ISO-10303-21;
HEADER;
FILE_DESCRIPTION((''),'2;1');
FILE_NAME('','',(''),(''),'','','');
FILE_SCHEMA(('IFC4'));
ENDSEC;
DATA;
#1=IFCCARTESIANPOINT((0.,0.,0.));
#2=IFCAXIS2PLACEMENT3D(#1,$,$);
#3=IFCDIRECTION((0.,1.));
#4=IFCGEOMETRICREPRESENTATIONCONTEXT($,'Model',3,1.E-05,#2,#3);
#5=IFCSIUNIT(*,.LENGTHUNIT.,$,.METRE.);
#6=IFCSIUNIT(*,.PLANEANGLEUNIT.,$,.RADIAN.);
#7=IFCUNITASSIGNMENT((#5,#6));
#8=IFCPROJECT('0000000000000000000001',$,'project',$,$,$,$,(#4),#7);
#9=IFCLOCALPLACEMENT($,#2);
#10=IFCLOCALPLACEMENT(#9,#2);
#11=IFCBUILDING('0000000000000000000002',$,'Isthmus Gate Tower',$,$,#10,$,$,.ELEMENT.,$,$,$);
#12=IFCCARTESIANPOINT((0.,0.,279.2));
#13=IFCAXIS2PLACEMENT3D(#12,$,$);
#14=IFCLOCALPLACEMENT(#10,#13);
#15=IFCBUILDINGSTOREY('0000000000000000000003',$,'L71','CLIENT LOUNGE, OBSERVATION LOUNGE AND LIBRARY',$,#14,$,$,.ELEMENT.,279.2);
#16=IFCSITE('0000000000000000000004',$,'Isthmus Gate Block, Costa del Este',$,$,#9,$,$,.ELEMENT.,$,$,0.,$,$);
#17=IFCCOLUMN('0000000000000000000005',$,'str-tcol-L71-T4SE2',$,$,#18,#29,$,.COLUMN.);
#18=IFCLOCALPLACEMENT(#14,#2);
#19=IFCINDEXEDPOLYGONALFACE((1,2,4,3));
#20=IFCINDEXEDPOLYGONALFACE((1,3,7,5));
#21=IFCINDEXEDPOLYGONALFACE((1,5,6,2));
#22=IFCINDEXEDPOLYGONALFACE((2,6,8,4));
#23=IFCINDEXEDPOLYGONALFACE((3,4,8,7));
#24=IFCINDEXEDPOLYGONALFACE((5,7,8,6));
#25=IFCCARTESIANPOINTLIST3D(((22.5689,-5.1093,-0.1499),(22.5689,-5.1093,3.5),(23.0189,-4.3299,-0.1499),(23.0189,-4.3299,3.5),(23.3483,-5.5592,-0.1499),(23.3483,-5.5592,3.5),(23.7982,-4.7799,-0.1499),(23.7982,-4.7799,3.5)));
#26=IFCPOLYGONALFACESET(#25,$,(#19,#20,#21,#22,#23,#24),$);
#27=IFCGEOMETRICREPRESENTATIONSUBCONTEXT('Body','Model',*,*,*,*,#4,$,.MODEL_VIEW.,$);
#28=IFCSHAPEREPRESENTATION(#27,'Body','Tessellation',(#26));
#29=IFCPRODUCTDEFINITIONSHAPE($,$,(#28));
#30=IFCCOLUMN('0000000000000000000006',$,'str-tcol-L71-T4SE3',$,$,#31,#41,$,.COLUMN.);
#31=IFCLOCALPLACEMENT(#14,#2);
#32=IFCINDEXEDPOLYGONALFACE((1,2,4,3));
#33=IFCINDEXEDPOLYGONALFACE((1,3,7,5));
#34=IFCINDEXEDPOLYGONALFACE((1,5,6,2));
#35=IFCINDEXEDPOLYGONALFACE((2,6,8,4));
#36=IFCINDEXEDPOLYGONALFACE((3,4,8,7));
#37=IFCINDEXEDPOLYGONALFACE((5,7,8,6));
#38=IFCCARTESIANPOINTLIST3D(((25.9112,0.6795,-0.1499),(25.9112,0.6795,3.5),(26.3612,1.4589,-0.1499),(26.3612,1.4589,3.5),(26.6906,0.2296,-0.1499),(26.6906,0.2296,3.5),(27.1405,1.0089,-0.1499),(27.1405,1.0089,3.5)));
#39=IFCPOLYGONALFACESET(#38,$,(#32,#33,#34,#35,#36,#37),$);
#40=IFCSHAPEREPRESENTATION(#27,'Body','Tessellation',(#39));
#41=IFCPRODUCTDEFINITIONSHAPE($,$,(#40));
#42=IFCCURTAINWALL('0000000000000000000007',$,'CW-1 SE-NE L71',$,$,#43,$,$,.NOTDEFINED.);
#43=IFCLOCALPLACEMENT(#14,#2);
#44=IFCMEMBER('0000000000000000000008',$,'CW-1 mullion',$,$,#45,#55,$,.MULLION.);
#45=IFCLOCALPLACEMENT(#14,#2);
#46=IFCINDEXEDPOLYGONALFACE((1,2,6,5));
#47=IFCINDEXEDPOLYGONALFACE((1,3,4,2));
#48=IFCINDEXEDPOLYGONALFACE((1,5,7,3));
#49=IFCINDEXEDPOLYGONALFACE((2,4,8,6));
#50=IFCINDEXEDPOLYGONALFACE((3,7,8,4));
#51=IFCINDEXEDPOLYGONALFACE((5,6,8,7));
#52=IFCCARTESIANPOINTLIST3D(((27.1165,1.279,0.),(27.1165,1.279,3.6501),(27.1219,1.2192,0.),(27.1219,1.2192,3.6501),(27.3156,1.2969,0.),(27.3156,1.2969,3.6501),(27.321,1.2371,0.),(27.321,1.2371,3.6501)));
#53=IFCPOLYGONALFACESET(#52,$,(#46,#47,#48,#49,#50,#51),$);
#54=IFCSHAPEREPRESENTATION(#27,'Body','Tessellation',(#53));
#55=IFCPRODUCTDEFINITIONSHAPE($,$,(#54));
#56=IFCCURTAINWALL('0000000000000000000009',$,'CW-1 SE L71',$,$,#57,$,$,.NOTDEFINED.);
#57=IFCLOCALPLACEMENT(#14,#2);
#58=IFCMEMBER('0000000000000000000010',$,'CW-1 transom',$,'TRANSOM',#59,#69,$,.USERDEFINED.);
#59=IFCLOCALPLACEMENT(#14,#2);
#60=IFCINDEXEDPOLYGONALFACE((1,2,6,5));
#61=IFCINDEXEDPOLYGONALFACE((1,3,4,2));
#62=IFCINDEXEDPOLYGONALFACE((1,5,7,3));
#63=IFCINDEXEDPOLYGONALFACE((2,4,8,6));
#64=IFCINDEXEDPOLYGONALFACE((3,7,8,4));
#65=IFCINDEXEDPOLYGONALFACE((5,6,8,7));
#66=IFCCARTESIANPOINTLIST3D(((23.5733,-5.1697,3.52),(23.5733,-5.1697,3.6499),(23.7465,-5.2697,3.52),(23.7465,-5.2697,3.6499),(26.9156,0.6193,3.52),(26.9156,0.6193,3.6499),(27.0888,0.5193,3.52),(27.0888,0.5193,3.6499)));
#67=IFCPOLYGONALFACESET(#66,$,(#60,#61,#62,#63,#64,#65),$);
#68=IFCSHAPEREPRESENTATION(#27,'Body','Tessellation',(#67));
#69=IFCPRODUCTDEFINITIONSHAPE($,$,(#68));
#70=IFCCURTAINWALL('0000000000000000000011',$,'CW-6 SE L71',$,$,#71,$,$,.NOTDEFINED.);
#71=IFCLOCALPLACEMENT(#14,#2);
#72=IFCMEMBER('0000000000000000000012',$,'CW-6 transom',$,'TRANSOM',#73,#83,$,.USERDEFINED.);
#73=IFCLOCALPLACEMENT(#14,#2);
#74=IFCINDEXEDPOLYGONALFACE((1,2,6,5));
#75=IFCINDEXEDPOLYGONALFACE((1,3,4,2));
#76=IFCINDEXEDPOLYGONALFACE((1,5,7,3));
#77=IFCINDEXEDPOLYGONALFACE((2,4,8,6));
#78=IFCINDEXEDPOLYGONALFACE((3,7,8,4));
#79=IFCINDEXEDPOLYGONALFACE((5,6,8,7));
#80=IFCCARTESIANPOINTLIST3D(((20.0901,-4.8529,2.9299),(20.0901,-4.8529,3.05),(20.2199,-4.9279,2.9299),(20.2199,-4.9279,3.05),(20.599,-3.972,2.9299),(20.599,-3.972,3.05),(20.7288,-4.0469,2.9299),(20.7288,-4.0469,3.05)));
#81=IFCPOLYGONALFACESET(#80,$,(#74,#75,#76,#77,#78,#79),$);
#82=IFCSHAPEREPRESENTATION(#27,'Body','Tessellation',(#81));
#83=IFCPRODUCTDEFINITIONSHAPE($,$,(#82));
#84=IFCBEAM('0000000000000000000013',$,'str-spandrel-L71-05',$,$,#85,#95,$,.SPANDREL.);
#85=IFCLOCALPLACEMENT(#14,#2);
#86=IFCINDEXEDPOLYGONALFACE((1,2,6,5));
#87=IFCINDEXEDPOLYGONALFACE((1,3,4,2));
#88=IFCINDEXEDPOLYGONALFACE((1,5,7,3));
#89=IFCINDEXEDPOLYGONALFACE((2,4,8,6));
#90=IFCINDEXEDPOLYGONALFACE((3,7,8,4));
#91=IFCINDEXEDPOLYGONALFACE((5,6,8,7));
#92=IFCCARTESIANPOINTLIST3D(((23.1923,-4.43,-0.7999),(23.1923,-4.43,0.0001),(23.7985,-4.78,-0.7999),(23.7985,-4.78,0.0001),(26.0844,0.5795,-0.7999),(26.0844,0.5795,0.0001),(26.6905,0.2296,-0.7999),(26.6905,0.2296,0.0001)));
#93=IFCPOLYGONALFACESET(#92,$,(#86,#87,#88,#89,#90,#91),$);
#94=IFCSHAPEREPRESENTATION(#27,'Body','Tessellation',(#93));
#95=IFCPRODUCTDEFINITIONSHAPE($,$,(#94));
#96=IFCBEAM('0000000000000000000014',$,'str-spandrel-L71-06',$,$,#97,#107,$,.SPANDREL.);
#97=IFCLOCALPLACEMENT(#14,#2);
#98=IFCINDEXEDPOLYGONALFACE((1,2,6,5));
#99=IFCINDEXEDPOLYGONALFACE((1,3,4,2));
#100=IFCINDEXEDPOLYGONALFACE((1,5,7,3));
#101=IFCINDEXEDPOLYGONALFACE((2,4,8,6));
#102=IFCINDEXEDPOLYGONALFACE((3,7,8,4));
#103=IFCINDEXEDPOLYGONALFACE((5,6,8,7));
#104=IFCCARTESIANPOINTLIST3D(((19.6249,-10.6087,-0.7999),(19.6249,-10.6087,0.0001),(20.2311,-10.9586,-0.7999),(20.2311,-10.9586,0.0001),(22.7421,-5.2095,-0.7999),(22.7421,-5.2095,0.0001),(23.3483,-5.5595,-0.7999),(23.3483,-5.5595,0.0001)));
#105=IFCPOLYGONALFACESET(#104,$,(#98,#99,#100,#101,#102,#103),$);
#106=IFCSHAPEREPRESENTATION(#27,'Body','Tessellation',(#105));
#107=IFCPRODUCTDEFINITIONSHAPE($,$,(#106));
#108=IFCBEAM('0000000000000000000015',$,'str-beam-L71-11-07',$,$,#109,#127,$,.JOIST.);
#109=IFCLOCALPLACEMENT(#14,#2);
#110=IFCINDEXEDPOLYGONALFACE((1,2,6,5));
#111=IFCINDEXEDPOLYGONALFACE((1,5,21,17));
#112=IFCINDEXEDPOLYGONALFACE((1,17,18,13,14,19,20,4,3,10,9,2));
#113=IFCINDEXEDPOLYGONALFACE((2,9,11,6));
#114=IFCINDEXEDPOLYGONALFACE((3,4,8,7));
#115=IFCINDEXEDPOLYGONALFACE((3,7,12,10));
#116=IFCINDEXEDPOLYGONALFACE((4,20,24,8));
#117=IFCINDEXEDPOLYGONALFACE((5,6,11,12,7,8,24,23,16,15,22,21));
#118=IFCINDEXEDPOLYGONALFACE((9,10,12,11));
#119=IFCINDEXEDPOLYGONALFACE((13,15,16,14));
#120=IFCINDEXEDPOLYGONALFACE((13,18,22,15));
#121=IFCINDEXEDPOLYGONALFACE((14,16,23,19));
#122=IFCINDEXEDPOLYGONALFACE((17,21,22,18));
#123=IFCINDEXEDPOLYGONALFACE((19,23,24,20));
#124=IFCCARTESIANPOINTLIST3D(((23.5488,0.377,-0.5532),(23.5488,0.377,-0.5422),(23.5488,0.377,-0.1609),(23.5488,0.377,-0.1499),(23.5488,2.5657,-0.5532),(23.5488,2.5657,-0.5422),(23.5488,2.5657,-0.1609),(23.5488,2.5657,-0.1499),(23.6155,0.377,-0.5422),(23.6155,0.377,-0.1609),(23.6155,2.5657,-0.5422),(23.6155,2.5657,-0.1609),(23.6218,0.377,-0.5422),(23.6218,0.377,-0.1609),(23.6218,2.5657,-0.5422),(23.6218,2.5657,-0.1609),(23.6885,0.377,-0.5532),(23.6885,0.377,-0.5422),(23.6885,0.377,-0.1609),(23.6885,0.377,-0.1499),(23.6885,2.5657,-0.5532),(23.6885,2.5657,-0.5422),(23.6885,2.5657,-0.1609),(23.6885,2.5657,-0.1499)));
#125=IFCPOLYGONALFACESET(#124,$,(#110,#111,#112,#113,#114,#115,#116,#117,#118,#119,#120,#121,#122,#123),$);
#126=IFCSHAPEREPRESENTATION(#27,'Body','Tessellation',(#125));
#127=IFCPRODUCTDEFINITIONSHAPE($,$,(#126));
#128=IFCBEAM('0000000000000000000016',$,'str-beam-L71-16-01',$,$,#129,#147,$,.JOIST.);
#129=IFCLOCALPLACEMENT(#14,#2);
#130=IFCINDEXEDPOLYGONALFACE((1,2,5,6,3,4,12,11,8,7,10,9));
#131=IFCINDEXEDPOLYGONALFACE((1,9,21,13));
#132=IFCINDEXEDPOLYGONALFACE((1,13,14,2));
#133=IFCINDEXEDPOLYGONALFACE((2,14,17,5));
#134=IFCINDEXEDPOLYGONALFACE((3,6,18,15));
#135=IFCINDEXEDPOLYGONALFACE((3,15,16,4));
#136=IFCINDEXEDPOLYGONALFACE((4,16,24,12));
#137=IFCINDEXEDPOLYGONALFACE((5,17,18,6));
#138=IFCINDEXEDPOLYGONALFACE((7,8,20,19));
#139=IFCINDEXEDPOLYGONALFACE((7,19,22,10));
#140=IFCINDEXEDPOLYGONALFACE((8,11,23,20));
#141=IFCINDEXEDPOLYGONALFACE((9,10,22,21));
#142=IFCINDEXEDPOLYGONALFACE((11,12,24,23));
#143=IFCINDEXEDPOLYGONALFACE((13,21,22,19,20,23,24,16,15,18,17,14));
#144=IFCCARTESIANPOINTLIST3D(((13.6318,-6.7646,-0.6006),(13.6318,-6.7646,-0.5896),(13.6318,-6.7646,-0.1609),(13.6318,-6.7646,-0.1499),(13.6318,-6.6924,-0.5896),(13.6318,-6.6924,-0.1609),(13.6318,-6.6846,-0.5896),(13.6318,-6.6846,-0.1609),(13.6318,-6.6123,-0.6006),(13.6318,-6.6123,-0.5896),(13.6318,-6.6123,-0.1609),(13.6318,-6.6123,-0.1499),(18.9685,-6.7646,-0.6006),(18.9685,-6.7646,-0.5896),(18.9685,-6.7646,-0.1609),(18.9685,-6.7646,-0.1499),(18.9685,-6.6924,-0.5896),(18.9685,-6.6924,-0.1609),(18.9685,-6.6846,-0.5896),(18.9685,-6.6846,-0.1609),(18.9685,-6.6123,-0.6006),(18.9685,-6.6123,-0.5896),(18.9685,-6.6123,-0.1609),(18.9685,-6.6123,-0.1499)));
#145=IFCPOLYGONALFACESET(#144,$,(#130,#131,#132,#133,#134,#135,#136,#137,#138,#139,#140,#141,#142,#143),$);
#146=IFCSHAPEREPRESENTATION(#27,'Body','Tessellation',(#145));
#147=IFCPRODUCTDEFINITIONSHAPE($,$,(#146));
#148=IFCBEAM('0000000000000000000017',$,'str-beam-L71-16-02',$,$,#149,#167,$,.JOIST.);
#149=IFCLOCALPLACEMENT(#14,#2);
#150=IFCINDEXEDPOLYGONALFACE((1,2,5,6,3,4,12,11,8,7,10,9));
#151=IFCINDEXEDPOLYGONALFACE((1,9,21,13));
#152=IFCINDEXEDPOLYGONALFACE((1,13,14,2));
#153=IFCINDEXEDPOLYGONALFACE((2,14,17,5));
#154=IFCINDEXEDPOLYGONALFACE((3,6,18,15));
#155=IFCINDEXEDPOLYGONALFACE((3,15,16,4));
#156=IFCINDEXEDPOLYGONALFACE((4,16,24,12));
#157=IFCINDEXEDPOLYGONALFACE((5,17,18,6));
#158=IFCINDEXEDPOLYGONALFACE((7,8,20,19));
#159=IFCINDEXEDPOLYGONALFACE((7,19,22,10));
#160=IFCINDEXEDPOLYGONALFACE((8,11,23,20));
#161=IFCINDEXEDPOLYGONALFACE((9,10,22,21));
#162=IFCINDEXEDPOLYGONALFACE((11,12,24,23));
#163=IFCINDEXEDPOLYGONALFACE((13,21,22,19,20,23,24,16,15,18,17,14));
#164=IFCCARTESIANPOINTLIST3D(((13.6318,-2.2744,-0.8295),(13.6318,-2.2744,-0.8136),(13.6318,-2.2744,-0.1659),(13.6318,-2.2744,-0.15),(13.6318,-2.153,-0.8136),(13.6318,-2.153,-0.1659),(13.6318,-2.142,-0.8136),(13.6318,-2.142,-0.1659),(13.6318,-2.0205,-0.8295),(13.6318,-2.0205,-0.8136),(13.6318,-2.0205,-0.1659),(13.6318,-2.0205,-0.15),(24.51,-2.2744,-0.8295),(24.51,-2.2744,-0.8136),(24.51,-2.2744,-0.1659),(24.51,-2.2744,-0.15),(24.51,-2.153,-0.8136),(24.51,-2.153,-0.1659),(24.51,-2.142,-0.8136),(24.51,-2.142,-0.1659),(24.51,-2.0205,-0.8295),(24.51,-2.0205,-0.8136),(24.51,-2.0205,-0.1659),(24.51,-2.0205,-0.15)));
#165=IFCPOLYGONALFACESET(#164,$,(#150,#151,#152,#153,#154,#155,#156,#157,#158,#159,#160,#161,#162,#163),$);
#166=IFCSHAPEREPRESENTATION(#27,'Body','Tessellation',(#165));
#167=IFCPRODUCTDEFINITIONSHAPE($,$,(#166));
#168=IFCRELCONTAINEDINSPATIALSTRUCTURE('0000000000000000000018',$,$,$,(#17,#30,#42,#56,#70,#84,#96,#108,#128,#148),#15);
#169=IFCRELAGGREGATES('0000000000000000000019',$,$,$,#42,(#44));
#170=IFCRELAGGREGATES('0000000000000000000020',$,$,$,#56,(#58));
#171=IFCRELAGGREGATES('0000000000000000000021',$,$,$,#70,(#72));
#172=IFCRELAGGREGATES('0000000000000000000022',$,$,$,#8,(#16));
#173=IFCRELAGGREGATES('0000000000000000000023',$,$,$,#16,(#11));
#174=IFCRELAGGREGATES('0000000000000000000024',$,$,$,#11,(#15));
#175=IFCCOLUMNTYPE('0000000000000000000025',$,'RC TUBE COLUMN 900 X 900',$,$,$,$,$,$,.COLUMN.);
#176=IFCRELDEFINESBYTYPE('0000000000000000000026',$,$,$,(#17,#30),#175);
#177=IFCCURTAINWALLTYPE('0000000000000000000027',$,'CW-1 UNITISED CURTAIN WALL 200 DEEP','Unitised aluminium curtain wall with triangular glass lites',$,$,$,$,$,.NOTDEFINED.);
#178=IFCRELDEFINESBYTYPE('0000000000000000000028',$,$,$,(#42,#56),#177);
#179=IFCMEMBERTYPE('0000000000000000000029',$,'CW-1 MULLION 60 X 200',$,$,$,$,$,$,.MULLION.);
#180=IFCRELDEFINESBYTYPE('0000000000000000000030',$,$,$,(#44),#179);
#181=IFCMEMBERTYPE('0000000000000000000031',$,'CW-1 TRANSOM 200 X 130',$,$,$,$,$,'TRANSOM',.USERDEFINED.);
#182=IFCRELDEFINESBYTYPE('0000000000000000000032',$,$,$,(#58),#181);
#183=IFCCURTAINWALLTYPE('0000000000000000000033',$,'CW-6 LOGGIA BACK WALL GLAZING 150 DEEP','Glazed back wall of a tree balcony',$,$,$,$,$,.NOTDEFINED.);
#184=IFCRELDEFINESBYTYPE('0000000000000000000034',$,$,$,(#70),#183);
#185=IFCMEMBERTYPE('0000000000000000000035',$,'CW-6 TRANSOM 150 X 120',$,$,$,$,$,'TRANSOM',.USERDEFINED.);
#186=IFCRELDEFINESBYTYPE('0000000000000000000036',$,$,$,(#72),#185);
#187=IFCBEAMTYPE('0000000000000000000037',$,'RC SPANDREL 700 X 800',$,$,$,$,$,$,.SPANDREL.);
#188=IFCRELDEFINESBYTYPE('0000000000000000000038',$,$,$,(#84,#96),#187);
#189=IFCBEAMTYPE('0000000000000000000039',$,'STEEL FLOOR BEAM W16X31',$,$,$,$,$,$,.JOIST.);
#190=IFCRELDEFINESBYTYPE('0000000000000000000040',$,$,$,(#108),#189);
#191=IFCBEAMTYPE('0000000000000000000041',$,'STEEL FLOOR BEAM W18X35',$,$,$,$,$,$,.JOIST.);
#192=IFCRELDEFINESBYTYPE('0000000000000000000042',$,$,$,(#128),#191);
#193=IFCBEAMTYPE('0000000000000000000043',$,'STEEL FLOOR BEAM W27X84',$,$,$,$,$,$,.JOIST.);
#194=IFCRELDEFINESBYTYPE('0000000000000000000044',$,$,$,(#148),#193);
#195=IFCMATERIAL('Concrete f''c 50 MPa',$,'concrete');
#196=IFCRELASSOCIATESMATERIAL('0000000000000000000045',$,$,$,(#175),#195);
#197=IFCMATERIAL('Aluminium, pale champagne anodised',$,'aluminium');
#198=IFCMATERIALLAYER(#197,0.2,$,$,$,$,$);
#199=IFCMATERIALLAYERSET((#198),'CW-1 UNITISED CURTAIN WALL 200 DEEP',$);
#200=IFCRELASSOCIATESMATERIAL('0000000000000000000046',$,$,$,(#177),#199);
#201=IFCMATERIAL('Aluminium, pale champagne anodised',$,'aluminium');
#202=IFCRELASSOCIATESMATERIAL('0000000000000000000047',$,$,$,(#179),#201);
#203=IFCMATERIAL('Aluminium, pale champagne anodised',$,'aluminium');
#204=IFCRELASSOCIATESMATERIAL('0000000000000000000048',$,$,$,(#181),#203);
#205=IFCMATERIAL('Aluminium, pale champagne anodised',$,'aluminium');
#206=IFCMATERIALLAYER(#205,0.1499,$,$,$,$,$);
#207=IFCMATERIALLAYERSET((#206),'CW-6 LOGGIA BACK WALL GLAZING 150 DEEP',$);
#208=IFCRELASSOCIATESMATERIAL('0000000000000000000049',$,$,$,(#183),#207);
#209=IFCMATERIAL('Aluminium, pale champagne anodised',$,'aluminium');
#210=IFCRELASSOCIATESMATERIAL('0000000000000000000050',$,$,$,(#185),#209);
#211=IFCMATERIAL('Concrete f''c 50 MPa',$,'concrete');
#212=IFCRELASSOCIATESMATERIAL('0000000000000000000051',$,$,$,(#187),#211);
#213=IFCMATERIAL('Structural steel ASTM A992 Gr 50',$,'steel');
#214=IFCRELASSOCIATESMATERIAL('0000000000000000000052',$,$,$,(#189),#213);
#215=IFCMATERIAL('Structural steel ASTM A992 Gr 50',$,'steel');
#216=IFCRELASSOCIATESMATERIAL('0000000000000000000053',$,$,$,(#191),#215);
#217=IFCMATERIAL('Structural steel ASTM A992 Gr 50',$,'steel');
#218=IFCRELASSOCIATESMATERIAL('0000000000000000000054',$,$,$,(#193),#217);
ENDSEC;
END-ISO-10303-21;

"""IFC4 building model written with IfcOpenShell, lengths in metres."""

from ifc_helpers import new_model, si_unit, direction, frame, origin, origin_2d, place, context, subcontext, project, spatial, rectangle, i_section, extrude, material, layer, layer_set, material_profile, profile_set, type_object, element, aggregate, save


model = new_model("IFC4")

# Units and contexts
model_context = context("Model", 3, precision=1e-05, world=origin(), true_north=direction((0.0, 1.0)))
body_context = subcontext(model_context, "Body", "Model", "MODEL_VIEW")
ifc_project = project(units=[si_unit("LENGTHUNIT", "METRE"), si_unit("PLANEANGLEUNIT", "RADIAN")], contexts=[model_context])

# Site, building, storey
site_placement = place(None, origin())
site = spatial("IfcSite", under=ifc_project, at=site_placement, Name="Isthmus Gate Block, Costa del Este", CompositionType="ELEMENT", RefElevation=0.0)
building_placement = place(site_placement, origin())
building = spatial("IfcBuilding", under=site, at=building_placement, Name="Isthmus Gate Tower", CompositionType="ELEMENT")
storey_placement = place(building_placement, frame((0.0, 0.0, 279.2)))
storey = spatial("IfcBuildingStorey", under=building, at=storey_placement, Name="L71", Description="CLIENT LOUNGE, OBSERVATION LOUNGE AND LIBRARY", CompositionType="ELEMENT", Elevation=279.2)

# Columns
ifc_material_1 = material(Name="Concrete f'c 50 MPa", Category="concrete")
ifc_material_profile_1 = material_profile(ifc_material_1, rectangle(XDim=0.8999, YDim=0.8999, at=origin_2d()), Name="RC 900X900")
ifc_profile_set_1 = profile_set([ifc_material_profile_1], Name="Concrete f'c 50 MPa")
column_type = type_object("IfcColumnType", Name="RC TUBE COLUMN 900 X 900", PredefinedType="COLUMN", material=ifc_profile_set_1)
for number, where, z_axis, x_axis, name in (
    (1, (23.1836, -4.9446, -0.1499), (0.0, 0.0, 1.0), (0.5, 0.866025, 0.0), "str-tcol-L71-T4SE2"),
    (2, (26.5259, 0.8442, -0.1499), (0.0, 0.0, 1.0), (0.5, 0.866025, 0.0), "str-tcol-L71-T4SE3"),
):
    element("IfcColumn", number, at=place(storey_placement, frame(where, z_axis=z_axis, x_axis=x_axis)), inside=storey, type_object=column_type, Name=name, PredefinedType="COLUMN", context=body_context, shape_type="SweptSolid", body=[
        extrude(rectangle(XDim=0.8999, YDim=0.8999, at=origin_2d()), origin(), (0.0, 0.0, 1.0), 3.6499),
    ])

# Curtain walls, members
ifc_material_2 = material(Name="Aluminium, pale champagne anodised", Category="aluminium")
ifc_layer_1 = layer(ifc_material_2, 0.2)
ifc_layer_set_1 = layer_set([ifc_layer_1], Name="CW-1 UNITISED CURTAIN WALL 200 DEEP")
curtain_wall_type_1 = type_object("IfcCurtainWallType", Name="CW-1 UNITISED CURTAIN WALL 200 DEEP", Description="Unitised aluminium curtain wall with triangular glass lites", PredefinedType="NOTDEFINED", material=ifc_layer_set_1)
curtain_wall_1_placement = place(storey_placement, origin())
curtain_wall_1 = element("IfcCurtainWall", 3, at=curtain_wall_1_placement, inside=storey, type_object=curtain_wall_type_1, Name="CW-1 SE-NE L71", PredefinedType="NOTDEFINED")
ifc_material_3 = material(Name="Aluminium, pale champagne anodised", Category="aluminium")
ifc_material_profile_2 = material_profile(ifc_material_3, rectangle(XDim=0.0601, YDim=0.2, at=origin_2d()), Name="60x200")
ifc_profile_set_2 = profile_set([ifc_material_profile_2], Name="Aluminium, pale champagne anodised")
member_type_1 = type_object("IfcMemberType", Name="CW-1 MULLION 60 X 200", PredefinedType="MULLION", material=ifc_profile_set_2)
member_1_placement = place(storey_placement, frame((27.2188, 1.2581, 0.0), z_axis=(0.0, 0.0, 1.0), x_axis=(-0.089397, 0.995996, 0.0)))
member_1 = element("IfcMember", 4, at=member_1_placement, type_object=member_type_1, Name="CW-1 mullion", PredefinedType="MULLION", context=body_context, shape_type="SweptSolid", body=[
    extrude(rectangle(XDim=0.0601, YDim=0.2, at=origin_2d()), origin(), (0.0, 0.0, 1.0), 3.6501),
])
aggregate(curtain_wall_1, [member_1])
curtain_wall_2_placement = place(storey_placement, origin())
curtain_wall_2 = element("IfcCurtainWall", 5, at=curtain_wall_2_placement, inside=storey, type_object=curtain_wall_type_1, Name="CW-1 SE L71", PredefinedType="NOTDEFINED")
ifc_material_4 = material(Name="Aluminium, pale champagne anodised", Category="aluminium")
ifc_material_profile_3 = material_profile(ifc_material_4, rectangle(XDim=0.2, YDim=0.1299, at=origin_2d()), Name="200x130")
ifc_profile_set_3 = profile_set([ifc_material_profile_3], Name="Aluminium, pale champagne anodised")
member_type_2 = type_object("IfcMemberType", Name="CW-1 TRANSOM 200 X 130", ElementType="TRANSOM", PredefinedType="USERDEFINED", material=ifc_profile_set_3)
member_2_placement = place(storey_placement, frame((23.6599, -5.2197, 3.585), z_axis=(0.499996, 0.866027, 0.0), x_axis=(-0.866027, 0.499996, 0.0)))
member_2 = element("IfcMember", 6, at=member_2_placement, type_object=member_type_2, Name="CW-1 transom", ObjectType="TRANSOM", PredefinedType="USERDEFINED", context=body_context, shape_type="SweptSolid", body=[
    extrude(rectangle(XDim=0.2, YDim=0.1299, at=origin_2d()), origin(), (0.0, 0.0, 1.0), 6.6846),
])
ifc_material_5 = material(Name="Aluminium, pale champagne anodised", Category="aluminium")
ifc_layer_2 = layer(ifc_material_5, 0.1499)
ifc_layer_set_2 = layer_set([ifc_layer_2], Name="CW-6 LOGGIA BACK WALL GLAZING 150 DEEP")
curtain_wall_type_2 = type_object("IfcCurtainWallType", Name="CW-6 LOGGIA BACK WALL GLAZING 150 DEEP", Description="Glazed back wall of a tree balcony", PredefinedType="NOTDEFINED", material=ifc_layer_set_2)
curtain_wall_3_placement = place(storey_placement, origin())
curtain_wall_3 = element("IfcCurtainWall", 7, at=curtain_wall_3_placement, inside=storey, type_object=curtain_wall_type_2, Name="CW-6 SE L71", PredefinedType="NOTDEFINED")
ifc_material_6 = material(Name="Aluminium, pale champagne anodised", Category="aluminium")
ifc_material_profile_4 = material_profile(ifc_material_6, rectangle(XDim=0.1499, YDim=0.1201, at=origin_2d()), Name="150x120")
ifc_profile_set_4 = profile_set([ifc_material_profile_4], Name="Aluminium, pale champagne anodised")
member_type_3 = type_object("IfcMemberType", Name="CW-6 TRANSOM 150 X 120", ElementType="TRANSOM", PredefinedType="USERDEFINED", material=ifc_profile_set_4)
member_3_placement = place(storey_placement, frame((20.155, -4.8904, 2.99), z_axis=(0.500166, 0.86593, 0.0), x_axis=(-0.86593, 0.500166, 0.0)))
member_3 = element("IfcMember", 8, at=member_3_placement, type_object=member_type_3, Name="CW-6 transom", ObjectType="TRANSOM", PredefinedType="USERDEFINED", context=body_context, shape_type="SweptSolid", body=[
    extrude(rectangle(XDim=0.1499, YDim=0.1201, at=origin_2d()), origin(), (0.0, 0.0, 1.0), 1.0173),
])

# Beams
ifc_material_7 = material(Name="Concrete f'c 50 MPa", Category="concrete")
ifc_material_profile_5 = material_profile(ifc_material_7, rectangle(XDim=0.7, YDim=0.8, at=origin_2d()), Name="RC 700X800")
ifc_profile_set_5 = profile_set([ifc_material_profile_5], Name="Concrete f'c 50 MPa")
beam_type_1 = type_object("IfcBeamType", Name="RC SPANDREL 700 X 800", PredefinedType="SPANDREL", material=ifc_profile_set_5)
beam_1_placement = place(storey_placement, frame((26.3875, 0.4045, -0.3999), z_axis=(-0.499979, -0.866037, 0.0), x_axis=(0.866037, -0.499979, 0.0)))
element("IfcBeam", 9, at=beam_1_placement, inside=storey, type_object=beam_type_1, Name="str-spandrel-L71-05", PredefinedType="SPANDREL", context=body_context, shape_type="SweptSolid", body=[
    extrude(rectangle(XDim=0.7, YDim=0.8, at=origin_2d()), origin(), (0.0, 0.0, 1.0), 5.7844),
])
beam_2_placement = place(storey_placement, frame((23.0452, -5.3845, -0.3999), z_axis=(-0.499997, -0.866027, 0.0), x_axis=(0.866027, -0.499997, 0.0)))
element("IfcBeam", 10, at=beam_2_placement, inside=storey, type_object=beam_type_1, Name="str-spandrel-L71-06", PredefinedType="SPANDREL", context=body_context, shape_type="SweptSolid", body=[
    extrude(rectangle(XDim=0.7, YDim=0.8, at=origin_2d()), origin(), (0.0, 0.0, 1.0), 6.2344),
])
ifc_material_8 = material(Name="Structural steel ASTM A992 Gr 50", Category="steel")
ifc_material_profile_6 = material_profile(ifc_material_8, i_section(OverallWidth=0.1396, OverallDepth=0.4033, WebThickness=0.0063, FlangeThickness=0.011, at=origin_2d()), Name="W16X31")
ifc_profile_set_6 = profile_set([ifc_material_profile_6], Name="Structural steel ASTM A992 Gr 50")
beam_type_2 = type_object("IfcBeamType", Name="STEEL FLOOR BEAM W16X31", PredefinedType="JOIST", material=ifc_profile_set_6)
beam_3_placement = place(storey_placement, frame((23.6187, 0.377, -0.3516), z_axis=(0.0, 1.0, 0.0), x_axis=(-1.0, 0.0, 0.0)))
element("IfcBeam", 11, at=beam_3_placement, inside=storey, type_object=beam_type_2, Name="str-beam-L71-11-07", PredefinedType="JOIST", context=body_context, shape_type="SweptSolid", body=[
    extrude(i_section(OverallWidth=0.1396, OverallDepth=0.4033, WebThickness=0.0063, FlangeThickness=0.011, at=origin_2d()), origin(), (0.0, 0.0, 1.0), 2.1887),
])
ifc_material_9 = material(Name="Structural steel ASTM A992 Gr 50", Category="steel")
ifc_material_profile_7 = material_profile(ifc_material_9, i_section(OverallWidth=0.1523, OverallDepth=0.4507, WebThickness=0.0078, FlangeThickness=0.011, at=origin_2d()), Name="W18X35")
ifc_profile_set_7 = profile_set([ifc_material_profile_7], Name="Structural steel ASTM A992 Gr 50")
beam_type_3 = type_object("IfcBeamType", Name="STEEL FLOOR BEAM W18X35", PredefinedType="JOIST", material=ifc_profile_set_7)
beam_4_placement = place(storey_placement, frame((13.6318, -6.6885, -0.3752), z_axis=(1.0, 0.0, 0.0), x_axis=(0.0, 1.0, 0.0)))
element("IfcBeam", 12, at=beam_4_placement, inside=storey, type_object=beam_type_3, Name="str-beam-L71-16-01", PredefinedType="JOIST", context=body_context, shape_type="SweptSolid", body=[
    extrude(i_section(OverallWidth=0.1523, OverallDepth=0.4507, WebThickness=0.0078, FlangeThickness=0.011, at=origin_2d()), origin(), (0.0, 0.0, 1.0), 5.3367),
])
ifc_material_10 = material(Name="Structural steel ASTM A992 Gr 50", Category="steel")
ifc_material_profile_8 = material_profile(ifc_material_10, i_section(OverallWidth=0.2539, OverallDepth=0.6794, WebThickness=0.011, FlangeThickness=0.0159, at=origin_2d()), Name="W27X84")
ifc_profile_set_8 = profile_set([ifc_material_profile_8], Name="Structural steel ASTM A992 Gr 50")
beam_type_4 = type_object("IfcBeamType", Name="STEEL FLOOR BEAM W27X84", PredefinedType="JOIST", material=ifc_profile_set_8)
beam_5_placement = place(storey_placement, frame((13.6318, -2.1475, -0.4897), z_axis=(1.0, 0.0, 0.0), x_axis=(0.0, 1.0, 0.0)))
element("IfcBeam", 13, at=beam_5_placement, inside=storey, type_object=beam_type_4, Name="str-beam-L71-16-02", PredefinedType="JOIST", context=body_context, shape_type="SweptSolid", body=[
    extrude(i_section(OverallWidth=0.2539, OverallDepth=0.6794, WebThickness=0.011, FlangeThickness=0.0159, at=origin_2d()), origin(), (0.0, 0.0, 1.0), 10.8782),
])

aggregate(curtain_wall_2, [member_2])
aggregate(curtain_wall_3, [member_3])

save(model, "model.ifc")
